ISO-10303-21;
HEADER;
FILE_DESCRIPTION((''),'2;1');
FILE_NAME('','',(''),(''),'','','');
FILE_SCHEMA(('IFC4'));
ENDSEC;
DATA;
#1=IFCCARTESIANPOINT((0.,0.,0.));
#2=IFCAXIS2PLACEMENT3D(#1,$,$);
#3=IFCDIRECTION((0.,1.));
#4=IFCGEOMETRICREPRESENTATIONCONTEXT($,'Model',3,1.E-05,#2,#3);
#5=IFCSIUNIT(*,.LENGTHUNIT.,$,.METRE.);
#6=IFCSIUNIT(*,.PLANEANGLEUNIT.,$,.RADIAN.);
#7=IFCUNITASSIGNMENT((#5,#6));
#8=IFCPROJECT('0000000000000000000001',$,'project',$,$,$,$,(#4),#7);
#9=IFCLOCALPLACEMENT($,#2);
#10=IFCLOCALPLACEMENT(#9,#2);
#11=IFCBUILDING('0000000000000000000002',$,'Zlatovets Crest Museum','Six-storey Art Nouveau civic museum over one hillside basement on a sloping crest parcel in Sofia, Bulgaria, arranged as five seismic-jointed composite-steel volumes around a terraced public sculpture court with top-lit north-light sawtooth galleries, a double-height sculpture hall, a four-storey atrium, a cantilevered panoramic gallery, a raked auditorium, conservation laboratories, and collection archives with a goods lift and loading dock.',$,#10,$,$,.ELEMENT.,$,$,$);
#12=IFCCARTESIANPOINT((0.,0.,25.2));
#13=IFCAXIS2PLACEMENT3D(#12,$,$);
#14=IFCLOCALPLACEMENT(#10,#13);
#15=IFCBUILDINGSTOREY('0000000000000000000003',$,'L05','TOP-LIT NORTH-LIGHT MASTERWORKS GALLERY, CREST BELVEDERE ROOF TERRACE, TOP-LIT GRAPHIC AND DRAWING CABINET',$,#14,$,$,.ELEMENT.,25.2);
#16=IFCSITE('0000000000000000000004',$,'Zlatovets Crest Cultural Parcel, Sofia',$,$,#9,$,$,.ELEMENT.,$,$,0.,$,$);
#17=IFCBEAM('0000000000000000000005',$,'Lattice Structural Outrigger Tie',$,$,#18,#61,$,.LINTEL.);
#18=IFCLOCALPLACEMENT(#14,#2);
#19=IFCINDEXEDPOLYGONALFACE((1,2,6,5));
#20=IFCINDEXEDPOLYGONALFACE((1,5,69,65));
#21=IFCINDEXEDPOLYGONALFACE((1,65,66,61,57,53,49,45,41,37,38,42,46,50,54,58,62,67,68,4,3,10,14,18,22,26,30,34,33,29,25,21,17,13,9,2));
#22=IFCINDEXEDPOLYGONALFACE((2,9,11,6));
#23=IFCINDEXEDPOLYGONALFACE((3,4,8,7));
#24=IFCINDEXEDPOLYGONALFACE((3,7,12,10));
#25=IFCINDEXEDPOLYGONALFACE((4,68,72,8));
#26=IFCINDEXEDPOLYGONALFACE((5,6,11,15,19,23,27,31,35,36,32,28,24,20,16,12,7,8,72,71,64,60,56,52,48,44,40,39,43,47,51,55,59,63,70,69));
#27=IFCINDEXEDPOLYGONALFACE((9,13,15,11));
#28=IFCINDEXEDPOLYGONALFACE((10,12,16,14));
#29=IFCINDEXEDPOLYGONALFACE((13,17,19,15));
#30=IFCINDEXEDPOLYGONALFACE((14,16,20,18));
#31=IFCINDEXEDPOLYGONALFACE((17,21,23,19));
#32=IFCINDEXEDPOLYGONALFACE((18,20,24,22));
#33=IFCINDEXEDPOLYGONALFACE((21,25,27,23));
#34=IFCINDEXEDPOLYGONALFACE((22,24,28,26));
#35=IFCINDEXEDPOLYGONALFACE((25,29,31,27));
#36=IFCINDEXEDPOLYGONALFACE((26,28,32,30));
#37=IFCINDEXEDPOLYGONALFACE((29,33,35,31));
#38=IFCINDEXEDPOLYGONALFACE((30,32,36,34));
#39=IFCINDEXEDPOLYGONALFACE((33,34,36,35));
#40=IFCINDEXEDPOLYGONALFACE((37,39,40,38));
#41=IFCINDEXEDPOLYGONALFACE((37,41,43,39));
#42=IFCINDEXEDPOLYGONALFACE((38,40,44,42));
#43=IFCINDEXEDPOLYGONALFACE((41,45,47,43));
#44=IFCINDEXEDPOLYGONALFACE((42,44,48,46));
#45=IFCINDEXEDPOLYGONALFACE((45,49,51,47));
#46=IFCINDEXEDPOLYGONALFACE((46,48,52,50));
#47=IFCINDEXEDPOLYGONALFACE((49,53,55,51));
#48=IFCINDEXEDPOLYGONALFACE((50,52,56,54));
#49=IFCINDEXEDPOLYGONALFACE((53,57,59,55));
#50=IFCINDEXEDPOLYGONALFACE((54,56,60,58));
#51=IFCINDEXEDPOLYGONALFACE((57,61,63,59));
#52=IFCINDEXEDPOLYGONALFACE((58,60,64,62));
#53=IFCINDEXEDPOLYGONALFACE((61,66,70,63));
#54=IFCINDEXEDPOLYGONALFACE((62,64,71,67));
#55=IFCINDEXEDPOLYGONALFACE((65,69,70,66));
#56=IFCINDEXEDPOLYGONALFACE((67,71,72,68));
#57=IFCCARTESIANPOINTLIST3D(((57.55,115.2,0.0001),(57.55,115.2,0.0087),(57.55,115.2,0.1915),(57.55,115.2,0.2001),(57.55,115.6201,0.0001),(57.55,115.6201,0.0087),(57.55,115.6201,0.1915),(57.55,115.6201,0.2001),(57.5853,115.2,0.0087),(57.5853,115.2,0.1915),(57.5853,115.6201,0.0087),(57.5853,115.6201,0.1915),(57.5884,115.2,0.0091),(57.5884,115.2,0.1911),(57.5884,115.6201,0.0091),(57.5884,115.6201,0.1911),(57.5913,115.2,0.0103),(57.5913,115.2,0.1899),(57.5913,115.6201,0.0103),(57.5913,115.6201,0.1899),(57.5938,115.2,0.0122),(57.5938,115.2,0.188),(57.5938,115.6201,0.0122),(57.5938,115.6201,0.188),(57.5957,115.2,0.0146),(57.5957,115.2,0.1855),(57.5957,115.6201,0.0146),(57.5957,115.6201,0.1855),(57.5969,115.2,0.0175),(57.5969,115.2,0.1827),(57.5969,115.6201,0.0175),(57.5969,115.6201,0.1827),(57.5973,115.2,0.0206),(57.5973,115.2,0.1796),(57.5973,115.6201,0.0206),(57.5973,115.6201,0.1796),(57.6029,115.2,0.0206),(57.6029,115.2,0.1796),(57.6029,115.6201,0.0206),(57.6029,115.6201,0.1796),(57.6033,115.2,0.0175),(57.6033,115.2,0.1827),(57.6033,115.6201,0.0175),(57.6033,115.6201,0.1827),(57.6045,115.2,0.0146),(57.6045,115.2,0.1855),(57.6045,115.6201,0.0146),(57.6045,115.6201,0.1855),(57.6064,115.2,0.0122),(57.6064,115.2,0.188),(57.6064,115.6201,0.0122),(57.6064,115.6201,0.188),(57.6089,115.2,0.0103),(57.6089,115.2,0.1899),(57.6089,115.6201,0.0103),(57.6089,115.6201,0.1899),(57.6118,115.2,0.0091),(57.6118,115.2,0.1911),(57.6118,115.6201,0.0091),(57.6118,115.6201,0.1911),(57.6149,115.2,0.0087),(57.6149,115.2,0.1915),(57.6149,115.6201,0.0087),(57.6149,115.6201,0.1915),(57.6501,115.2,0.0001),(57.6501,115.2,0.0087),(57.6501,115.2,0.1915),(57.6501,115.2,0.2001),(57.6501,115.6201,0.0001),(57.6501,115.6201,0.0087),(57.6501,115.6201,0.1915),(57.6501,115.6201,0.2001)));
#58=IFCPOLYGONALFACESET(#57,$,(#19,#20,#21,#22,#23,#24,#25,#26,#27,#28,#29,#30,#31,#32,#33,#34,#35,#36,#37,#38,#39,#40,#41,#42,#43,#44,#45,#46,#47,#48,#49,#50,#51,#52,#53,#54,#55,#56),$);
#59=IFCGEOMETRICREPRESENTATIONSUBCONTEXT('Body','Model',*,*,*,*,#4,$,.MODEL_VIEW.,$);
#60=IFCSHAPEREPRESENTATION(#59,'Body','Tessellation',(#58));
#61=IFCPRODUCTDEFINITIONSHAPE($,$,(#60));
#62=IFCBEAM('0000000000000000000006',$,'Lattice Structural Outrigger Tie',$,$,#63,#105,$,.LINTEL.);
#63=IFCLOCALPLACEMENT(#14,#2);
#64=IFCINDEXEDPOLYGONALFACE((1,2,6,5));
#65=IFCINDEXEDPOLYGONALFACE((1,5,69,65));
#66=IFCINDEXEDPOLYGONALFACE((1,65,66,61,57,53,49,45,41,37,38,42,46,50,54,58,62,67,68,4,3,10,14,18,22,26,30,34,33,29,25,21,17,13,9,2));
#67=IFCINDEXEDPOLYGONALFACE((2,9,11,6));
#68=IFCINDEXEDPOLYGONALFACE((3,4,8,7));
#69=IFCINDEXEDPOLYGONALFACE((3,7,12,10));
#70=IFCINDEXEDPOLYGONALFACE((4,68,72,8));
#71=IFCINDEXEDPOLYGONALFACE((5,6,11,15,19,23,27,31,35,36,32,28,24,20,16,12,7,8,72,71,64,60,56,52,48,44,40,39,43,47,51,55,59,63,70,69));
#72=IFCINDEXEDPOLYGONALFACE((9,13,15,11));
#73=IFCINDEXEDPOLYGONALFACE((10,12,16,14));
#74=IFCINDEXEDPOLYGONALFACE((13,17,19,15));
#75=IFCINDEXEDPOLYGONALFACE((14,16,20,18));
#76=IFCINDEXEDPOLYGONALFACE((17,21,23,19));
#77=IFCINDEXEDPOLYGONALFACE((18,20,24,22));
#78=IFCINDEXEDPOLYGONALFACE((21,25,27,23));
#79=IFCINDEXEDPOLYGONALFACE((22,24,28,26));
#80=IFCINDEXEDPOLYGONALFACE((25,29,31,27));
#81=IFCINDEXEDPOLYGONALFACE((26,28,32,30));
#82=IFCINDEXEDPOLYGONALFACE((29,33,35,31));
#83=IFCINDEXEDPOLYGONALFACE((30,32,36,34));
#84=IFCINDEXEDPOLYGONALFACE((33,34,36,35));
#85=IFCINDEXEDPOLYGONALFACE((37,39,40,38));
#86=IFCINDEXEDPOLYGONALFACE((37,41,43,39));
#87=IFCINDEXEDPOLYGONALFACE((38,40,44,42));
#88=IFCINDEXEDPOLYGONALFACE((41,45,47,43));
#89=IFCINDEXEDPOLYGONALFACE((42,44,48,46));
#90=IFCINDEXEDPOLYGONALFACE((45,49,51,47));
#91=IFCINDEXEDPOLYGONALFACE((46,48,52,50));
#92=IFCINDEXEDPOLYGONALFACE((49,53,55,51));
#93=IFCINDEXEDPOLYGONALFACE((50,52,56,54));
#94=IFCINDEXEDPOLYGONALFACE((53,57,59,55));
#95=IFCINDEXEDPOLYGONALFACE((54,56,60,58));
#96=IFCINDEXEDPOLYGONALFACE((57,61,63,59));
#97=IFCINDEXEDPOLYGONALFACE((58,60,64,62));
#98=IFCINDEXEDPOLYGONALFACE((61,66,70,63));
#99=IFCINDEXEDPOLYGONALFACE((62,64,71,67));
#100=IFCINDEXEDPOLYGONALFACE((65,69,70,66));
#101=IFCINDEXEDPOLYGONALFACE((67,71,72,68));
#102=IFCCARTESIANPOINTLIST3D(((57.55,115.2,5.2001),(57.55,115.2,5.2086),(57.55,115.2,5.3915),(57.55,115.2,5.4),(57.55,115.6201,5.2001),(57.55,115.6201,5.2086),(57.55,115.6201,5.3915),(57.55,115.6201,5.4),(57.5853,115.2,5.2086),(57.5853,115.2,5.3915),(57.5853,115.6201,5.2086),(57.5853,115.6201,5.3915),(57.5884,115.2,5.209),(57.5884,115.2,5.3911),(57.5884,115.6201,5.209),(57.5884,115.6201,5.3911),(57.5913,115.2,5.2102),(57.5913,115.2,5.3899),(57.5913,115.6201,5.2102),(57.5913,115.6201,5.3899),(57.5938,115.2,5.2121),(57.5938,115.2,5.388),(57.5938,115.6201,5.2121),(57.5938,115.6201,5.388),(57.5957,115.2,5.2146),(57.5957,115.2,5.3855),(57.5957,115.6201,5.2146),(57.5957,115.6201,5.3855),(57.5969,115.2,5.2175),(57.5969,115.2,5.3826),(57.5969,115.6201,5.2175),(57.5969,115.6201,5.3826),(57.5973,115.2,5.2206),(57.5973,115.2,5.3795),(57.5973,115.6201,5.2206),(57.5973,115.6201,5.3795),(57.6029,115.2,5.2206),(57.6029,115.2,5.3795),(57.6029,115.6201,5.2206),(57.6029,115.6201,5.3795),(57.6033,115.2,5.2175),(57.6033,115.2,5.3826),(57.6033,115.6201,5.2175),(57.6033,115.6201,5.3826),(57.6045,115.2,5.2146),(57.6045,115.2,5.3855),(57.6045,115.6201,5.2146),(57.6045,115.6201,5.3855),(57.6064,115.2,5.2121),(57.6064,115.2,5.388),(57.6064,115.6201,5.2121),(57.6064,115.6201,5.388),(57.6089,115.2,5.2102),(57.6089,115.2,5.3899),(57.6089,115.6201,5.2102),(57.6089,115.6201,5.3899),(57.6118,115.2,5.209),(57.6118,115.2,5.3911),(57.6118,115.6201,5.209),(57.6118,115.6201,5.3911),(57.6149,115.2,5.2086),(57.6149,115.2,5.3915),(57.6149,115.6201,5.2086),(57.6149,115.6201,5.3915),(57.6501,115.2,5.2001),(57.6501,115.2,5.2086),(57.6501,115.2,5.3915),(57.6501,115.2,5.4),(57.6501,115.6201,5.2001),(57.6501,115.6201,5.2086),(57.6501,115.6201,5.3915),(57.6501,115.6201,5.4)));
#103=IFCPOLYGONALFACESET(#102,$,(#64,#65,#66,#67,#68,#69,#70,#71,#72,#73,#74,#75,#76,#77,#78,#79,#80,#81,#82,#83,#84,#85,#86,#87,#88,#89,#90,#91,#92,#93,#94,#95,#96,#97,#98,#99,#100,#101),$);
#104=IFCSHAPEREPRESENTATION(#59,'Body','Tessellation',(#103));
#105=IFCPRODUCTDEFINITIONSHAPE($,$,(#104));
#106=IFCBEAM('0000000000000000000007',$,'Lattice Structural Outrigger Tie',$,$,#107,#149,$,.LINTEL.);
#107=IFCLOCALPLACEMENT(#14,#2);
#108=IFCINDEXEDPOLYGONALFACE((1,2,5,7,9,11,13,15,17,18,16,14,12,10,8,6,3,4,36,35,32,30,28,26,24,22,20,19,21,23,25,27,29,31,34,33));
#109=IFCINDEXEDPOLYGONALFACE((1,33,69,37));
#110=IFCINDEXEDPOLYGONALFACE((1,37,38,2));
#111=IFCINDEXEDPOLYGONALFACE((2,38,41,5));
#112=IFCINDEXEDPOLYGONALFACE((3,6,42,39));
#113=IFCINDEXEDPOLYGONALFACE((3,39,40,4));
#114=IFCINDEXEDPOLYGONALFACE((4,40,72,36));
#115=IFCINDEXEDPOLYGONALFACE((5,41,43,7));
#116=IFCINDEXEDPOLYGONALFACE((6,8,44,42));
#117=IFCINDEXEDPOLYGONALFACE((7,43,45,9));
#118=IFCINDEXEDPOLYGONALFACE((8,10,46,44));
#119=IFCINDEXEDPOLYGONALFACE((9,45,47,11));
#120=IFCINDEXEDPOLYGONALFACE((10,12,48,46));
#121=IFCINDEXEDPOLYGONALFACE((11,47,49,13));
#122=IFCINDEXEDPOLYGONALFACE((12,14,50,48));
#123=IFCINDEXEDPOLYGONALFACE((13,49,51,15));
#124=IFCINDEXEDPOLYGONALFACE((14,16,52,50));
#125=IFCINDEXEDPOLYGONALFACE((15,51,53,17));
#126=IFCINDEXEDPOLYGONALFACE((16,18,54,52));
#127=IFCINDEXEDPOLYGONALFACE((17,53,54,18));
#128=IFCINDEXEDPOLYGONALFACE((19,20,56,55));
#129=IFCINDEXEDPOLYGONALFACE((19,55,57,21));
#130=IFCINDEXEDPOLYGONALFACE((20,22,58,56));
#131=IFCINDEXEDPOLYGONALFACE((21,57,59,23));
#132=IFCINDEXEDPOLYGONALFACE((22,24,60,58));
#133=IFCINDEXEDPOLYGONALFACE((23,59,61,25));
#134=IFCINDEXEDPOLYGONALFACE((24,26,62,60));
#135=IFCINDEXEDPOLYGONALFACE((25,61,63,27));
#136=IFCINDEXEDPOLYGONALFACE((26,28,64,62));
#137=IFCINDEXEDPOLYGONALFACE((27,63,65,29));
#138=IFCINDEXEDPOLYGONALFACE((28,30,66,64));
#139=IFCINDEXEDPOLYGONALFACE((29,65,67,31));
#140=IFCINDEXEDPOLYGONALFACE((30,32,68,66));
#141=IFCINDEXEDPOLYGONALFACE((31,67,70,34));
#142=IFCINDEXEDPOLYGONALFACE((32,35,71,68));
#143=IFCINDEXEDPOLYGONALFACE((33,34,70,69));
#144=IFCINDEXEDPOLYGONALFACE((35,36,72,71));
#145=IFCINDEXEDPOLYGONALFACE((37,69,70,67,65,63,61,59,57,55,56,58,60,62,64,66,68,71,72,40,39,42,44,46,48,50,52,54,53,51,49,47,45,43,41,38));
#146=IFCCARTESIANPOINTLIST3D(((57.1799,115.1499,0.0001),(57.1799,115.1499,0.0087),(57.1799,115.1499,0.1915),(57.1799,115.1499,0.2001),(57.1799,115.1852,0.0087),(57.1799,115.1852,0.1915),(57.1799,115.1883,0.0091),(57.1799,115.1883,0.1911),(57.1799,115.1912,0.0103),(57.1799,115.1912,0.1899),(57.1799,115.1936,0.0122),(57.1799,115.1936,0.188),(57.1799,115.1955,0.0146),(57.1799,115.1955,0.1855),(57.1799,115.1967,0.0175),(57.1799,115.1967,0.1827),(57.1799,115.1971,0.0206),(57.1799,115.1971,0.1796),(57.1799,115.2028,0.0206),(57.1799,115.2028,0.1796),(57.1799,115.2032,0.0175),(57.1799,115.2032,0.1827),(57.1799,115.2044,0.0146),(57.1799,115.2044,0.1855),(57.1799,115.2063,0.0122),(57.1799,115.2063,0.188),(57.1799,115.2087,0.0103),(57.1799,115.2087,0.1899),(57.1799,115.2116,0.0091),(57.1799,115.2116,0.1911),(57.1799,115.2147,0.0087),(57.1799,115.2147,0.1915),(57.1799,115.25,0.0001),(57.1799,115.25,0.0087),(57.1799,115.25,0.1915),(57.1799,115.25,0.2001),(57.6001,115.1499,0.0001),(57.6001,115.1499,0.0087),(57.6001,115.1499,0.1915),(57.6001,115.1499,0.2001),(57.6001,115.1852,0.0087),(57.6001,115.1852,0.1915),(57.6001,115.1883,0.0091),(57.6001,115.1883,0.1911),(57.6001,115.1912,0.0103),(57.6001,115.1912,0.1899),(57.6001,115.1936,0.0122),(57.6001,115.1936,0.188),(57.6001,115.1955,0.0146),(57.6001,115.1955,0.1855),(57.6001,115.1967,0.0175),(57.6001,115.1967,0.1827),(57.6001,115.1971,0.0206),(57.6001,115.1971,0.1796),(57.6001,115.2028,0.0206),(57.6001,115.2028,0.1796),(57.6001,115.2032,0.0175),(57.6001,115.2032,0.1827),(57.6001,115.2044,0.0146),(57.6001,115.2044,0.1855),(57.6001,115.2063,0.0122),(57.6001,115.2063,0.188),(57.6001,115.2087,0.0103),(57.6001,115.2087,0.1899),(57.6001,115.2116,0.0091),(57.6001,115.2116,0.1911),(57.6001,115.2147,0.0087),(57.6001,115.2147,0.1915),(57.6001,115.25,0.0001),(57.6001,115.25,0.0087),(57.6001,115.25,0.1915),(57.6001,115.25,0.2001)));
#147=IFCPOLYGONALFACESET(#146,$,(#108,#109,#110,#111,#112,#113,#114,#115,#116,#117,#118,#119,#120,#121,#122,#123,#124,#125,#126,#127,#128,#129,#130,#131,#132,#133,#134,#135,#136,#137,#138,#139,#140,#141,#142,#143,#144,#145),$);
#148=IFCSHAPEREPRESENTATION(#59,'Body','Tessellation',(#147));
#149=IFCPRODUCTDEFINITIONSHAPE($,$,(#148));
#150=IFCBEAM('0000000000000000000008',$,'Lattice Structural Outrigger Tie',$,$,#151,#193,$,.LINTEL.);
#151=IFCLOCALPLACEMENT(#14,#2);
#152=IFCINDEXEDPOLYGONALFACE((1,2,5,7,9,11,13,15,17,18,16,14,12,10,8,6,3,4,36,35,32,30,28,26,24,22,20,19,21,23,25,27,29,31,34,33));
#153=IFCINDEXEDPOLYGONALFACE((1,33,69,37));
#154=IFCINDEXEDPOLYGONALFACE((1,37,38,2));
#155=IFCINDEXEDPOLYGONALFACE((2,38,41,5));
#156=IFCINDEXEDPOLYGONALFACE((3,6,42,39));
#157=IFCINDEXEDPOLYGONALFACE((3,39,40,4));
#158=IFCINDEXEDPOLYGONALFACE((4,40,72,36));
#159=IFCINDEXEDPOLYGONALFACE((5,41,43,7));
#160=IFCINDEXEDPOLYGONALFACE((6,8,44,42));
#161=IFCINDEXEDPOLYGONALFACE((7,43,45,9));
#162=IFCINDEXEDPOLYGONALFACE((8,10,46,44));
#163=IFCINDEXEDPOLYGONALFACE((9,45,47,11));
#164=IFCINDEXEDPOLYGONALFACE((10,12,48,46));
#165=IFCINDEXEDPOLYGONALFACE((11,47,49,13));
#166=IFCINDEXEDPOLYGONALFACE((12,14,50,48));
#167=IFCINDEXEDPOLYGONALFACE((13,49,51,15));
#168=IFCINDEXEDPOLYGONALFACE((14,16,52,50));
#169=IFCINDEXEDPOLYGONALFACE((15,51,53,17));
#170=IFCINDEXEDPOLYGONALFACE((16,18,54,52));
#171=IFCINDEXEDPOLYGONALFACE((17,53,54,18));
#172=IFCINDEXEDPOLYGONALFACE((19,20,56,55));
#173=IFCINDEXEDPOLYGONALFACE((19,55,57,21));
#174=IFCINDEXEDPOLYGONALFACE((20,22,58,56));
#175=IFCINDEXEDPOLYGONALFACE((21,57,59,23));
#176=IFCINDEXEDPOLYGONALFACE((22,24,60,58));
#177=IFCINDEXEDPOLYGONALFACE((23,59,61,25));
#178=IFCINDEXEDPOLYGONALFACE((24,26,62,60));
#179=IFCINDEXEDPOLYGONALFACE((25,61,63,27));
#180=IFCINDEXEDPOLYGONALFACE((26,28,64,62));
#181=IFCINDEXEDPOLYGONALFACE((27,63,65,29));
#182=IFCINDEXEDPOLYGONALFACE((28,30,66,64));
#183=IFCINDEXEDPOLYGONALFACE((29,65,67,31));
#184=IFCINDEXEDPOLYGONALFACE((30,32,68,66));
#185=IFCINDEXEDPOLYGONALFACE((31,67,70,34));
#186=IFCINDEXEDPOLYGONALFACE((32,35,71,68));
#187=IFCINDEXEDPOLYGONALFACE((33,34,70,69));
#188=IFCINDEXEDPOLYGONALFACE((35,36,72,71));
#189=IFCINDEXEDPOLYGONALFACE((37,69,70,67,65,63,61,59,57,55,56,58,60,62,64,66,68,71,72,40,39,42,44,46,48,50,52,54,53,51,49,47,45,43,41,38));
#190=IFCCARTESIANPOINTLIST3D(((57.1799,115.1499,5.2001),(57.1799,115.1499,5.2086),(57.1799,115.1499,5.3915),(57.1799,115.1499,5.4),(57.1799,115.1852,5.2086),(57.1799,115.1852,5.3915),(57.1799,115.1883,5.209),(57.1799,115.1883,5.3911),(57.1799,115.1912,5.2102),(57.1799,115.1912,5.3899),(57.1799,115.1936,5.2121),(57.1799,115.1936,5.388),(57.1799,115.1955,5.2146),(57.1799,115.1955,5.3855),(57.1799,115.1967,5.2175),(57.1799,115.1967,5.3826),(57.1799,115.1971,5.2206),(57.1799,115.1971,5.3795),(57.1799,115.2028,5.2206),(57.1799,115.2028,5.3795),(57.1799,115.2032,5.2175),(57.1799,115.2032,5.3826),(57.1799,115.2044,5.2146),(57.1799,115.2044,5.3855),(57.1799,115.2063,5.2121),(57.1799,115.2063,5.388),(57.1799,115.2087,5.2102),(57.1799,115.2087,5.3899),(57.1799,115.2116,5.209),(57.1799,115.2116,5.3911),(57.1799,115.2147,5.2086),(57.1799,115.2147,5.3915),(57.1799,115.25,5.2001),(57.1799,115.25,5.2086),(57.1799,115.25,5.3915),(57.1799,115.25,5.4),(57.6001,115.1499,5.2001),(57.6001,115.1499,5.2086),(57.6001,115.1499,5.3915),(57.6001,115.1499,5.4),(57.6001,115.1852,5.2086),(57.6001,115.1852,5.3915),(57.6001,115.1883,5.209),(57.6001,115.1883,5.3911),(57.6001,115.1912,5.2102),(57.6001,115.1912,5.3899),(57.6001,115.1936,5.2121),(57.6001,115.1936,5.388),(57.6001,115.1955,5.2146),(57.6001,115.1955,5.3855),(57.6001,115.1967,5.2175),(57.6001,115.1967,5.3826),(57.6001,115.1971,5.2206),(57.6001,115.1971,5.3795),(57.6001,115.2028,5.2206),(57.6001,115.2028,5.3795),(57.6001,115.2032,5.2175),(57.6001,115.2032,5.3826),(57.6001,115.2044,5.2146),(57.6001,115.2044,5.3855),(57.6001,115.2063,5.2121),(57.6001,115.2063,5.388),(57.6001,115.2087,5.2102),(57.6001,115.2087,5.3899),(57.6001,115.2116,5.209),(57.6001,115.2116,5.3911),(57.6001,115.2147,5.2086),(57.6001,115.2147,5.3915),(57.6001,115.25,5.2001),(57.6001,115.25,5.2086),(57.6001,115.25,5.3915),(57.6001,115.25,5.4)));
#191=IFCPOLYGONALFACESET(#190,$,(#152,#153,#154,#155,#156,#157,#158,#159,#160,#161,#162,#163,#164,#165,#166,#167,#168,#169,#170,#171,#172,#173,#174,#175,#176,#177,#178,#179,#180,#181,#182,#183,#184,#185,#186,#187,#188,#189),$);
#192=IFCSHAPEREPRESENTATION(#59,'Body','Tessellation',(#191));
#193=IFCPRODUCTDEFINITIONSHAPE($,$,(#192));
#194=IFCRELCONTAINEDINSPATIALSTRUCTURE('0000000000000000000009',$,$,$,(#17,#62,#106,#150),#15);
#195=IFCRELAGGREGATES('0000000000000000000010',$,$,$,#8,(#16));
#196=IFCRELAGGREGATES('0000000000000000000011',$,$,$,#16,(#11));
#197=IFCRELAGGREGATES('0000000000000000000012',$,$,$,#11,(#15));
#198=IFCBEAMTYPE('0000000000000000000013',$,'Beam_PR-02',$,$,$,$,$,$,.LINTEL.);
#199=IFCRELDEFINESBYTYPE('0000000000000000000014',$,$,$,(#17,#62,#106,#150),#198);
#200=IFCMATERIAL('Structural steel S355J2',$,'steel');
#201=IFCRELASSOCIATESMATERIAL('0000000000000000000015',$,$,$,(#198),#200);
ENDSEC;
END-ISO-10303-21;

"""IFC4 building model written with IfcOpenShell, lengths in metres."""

from ifc_helpers import new_model, si_unit, direction, frame, origin, origin_2d, place, context, subcontext, project, spatial, i_section, extrude, material, material_profile, profile_set, type_object, element, save


model = new_model("IFC4")

# Units and contexts
model_context = context("Model", 3, precision=1e-05, world=origin(), true_north=direction((0.0, 1.0)))
body_context = subcontext(model_context, "Body", "Model", "MODEL_VIEW")
ifc_project = project(units=[si_unit("LENGTHUNIT", "METRE"), si_unit("PLANEANGLEUNIT", "RADIAN")], contexts=[model_context])

# Site, building, storey
site_placement = place(None, origin())
site = spatial("IfcSite", under=ifc_project, at=site_placement, Name="Zlatovets Crest Cultural Parcel, Sofia", CompositionType="ELEMENT", RefElevation=0.0)
building_placement = place(site_placement, origin())
building = spatial("IfcBuilding", under=site, at=building_placement, Name="Zlatovets Crest Museum", Description="Six-storey Art Nouveau civic museum over one hillside basement on a sloping crest parcel in Sofia, Bulgaria, arranged as five seismic-jointed composite-steel volumes around a terraced public sculpture court with top-lit north-light sawtooth galleries, a double-height sculpture hall, a four-storey atrium, a cantilevered panoramic gallery, a raked auditorium, conservation laboratories, and collection archives with a goods lift and loading dock.", CompositionType="ELEMENT")
storey_placement = place(building_placement, frame((0.0, 0.0, 25.2)))
storey = spatial("IfcBuildingStorey", under=building, at=storey_placement, Name="L05", Description="TOP-LIT NORTH-LIGHT MASTERWORKS GALLERY, CREST BELVEDERE ROOF TERRACE, TOP-LIT GRAPHIC AND DRAWING CABINET", CompositionType="ELEMENT", Elevation=25.2)

# Shared definitions
ifc_material_1 = material(Name="Structural steel S355J2", Category="steel")

# Beams
ifc_material_profile_1 = material_profile(ifc_material_1, i_section(OverallWidth=0.1001, OverallDepth=0.2, WebThickness=0.0056, FlangeThickness=0.0085, FilletRadius=0.012, at=origin_2d()), Name="IPE 200")
ifc_profile_set_1 = profile_set([ifc_material_profile_1], Name="Structural steel S355J2")
beam_type_1 = type_object("IfcBeamType", Name="Beam_PR-02", PredefinedType="LINTEL", material=ifc_profile_set_1)
for number, where, z_axis, x_axis, name in (
    (1, (57.6001, 115.2, 0.1001), (0.0, 1.0, 0.0), (-1.0, 0.0, 0.0), "Lattice Structural Outrigger Tie"),
    (2, (57.6001, 115.2, 5.3), (0.0, 1.0, 0.0), (-1.0, 0.0, 0.0), "Lattice Structural Outrigger Tie"),
    (3, (57.6001, 115.2, 0.1001), (-1.0, 0.0, 0.0), (0.0, -1.0, 0.0), "Lattice Structural Outrigger Tie"),
    (4, (57.6001, 115.2, 5.3), (-1.0, 0.0, 0.0), (0.0, -1.0, 0.0), "Lattice Structural Outrigger Tie"),
):
    element("IfcBeam", number, at=place(storey_placement, frame(where, z_axis=z_axis, x_axis=x_axis)), inside=storey, type_object=beam_type_1, Name=name, PredefinedType="LINTEL", context=body_context, shape_type="SweptSolid", body=[
        extrude(i_section(OverallWidth=0.1001, OverallDepth=0.2, WebThickness=0.0056, FlangeThickness=0.0085, FilletRadius=0.012, at=origin_2d()), origin(), (0.0, 0.0, 1.0), 0.4202),
    ])

save(model, "model.ifc")
